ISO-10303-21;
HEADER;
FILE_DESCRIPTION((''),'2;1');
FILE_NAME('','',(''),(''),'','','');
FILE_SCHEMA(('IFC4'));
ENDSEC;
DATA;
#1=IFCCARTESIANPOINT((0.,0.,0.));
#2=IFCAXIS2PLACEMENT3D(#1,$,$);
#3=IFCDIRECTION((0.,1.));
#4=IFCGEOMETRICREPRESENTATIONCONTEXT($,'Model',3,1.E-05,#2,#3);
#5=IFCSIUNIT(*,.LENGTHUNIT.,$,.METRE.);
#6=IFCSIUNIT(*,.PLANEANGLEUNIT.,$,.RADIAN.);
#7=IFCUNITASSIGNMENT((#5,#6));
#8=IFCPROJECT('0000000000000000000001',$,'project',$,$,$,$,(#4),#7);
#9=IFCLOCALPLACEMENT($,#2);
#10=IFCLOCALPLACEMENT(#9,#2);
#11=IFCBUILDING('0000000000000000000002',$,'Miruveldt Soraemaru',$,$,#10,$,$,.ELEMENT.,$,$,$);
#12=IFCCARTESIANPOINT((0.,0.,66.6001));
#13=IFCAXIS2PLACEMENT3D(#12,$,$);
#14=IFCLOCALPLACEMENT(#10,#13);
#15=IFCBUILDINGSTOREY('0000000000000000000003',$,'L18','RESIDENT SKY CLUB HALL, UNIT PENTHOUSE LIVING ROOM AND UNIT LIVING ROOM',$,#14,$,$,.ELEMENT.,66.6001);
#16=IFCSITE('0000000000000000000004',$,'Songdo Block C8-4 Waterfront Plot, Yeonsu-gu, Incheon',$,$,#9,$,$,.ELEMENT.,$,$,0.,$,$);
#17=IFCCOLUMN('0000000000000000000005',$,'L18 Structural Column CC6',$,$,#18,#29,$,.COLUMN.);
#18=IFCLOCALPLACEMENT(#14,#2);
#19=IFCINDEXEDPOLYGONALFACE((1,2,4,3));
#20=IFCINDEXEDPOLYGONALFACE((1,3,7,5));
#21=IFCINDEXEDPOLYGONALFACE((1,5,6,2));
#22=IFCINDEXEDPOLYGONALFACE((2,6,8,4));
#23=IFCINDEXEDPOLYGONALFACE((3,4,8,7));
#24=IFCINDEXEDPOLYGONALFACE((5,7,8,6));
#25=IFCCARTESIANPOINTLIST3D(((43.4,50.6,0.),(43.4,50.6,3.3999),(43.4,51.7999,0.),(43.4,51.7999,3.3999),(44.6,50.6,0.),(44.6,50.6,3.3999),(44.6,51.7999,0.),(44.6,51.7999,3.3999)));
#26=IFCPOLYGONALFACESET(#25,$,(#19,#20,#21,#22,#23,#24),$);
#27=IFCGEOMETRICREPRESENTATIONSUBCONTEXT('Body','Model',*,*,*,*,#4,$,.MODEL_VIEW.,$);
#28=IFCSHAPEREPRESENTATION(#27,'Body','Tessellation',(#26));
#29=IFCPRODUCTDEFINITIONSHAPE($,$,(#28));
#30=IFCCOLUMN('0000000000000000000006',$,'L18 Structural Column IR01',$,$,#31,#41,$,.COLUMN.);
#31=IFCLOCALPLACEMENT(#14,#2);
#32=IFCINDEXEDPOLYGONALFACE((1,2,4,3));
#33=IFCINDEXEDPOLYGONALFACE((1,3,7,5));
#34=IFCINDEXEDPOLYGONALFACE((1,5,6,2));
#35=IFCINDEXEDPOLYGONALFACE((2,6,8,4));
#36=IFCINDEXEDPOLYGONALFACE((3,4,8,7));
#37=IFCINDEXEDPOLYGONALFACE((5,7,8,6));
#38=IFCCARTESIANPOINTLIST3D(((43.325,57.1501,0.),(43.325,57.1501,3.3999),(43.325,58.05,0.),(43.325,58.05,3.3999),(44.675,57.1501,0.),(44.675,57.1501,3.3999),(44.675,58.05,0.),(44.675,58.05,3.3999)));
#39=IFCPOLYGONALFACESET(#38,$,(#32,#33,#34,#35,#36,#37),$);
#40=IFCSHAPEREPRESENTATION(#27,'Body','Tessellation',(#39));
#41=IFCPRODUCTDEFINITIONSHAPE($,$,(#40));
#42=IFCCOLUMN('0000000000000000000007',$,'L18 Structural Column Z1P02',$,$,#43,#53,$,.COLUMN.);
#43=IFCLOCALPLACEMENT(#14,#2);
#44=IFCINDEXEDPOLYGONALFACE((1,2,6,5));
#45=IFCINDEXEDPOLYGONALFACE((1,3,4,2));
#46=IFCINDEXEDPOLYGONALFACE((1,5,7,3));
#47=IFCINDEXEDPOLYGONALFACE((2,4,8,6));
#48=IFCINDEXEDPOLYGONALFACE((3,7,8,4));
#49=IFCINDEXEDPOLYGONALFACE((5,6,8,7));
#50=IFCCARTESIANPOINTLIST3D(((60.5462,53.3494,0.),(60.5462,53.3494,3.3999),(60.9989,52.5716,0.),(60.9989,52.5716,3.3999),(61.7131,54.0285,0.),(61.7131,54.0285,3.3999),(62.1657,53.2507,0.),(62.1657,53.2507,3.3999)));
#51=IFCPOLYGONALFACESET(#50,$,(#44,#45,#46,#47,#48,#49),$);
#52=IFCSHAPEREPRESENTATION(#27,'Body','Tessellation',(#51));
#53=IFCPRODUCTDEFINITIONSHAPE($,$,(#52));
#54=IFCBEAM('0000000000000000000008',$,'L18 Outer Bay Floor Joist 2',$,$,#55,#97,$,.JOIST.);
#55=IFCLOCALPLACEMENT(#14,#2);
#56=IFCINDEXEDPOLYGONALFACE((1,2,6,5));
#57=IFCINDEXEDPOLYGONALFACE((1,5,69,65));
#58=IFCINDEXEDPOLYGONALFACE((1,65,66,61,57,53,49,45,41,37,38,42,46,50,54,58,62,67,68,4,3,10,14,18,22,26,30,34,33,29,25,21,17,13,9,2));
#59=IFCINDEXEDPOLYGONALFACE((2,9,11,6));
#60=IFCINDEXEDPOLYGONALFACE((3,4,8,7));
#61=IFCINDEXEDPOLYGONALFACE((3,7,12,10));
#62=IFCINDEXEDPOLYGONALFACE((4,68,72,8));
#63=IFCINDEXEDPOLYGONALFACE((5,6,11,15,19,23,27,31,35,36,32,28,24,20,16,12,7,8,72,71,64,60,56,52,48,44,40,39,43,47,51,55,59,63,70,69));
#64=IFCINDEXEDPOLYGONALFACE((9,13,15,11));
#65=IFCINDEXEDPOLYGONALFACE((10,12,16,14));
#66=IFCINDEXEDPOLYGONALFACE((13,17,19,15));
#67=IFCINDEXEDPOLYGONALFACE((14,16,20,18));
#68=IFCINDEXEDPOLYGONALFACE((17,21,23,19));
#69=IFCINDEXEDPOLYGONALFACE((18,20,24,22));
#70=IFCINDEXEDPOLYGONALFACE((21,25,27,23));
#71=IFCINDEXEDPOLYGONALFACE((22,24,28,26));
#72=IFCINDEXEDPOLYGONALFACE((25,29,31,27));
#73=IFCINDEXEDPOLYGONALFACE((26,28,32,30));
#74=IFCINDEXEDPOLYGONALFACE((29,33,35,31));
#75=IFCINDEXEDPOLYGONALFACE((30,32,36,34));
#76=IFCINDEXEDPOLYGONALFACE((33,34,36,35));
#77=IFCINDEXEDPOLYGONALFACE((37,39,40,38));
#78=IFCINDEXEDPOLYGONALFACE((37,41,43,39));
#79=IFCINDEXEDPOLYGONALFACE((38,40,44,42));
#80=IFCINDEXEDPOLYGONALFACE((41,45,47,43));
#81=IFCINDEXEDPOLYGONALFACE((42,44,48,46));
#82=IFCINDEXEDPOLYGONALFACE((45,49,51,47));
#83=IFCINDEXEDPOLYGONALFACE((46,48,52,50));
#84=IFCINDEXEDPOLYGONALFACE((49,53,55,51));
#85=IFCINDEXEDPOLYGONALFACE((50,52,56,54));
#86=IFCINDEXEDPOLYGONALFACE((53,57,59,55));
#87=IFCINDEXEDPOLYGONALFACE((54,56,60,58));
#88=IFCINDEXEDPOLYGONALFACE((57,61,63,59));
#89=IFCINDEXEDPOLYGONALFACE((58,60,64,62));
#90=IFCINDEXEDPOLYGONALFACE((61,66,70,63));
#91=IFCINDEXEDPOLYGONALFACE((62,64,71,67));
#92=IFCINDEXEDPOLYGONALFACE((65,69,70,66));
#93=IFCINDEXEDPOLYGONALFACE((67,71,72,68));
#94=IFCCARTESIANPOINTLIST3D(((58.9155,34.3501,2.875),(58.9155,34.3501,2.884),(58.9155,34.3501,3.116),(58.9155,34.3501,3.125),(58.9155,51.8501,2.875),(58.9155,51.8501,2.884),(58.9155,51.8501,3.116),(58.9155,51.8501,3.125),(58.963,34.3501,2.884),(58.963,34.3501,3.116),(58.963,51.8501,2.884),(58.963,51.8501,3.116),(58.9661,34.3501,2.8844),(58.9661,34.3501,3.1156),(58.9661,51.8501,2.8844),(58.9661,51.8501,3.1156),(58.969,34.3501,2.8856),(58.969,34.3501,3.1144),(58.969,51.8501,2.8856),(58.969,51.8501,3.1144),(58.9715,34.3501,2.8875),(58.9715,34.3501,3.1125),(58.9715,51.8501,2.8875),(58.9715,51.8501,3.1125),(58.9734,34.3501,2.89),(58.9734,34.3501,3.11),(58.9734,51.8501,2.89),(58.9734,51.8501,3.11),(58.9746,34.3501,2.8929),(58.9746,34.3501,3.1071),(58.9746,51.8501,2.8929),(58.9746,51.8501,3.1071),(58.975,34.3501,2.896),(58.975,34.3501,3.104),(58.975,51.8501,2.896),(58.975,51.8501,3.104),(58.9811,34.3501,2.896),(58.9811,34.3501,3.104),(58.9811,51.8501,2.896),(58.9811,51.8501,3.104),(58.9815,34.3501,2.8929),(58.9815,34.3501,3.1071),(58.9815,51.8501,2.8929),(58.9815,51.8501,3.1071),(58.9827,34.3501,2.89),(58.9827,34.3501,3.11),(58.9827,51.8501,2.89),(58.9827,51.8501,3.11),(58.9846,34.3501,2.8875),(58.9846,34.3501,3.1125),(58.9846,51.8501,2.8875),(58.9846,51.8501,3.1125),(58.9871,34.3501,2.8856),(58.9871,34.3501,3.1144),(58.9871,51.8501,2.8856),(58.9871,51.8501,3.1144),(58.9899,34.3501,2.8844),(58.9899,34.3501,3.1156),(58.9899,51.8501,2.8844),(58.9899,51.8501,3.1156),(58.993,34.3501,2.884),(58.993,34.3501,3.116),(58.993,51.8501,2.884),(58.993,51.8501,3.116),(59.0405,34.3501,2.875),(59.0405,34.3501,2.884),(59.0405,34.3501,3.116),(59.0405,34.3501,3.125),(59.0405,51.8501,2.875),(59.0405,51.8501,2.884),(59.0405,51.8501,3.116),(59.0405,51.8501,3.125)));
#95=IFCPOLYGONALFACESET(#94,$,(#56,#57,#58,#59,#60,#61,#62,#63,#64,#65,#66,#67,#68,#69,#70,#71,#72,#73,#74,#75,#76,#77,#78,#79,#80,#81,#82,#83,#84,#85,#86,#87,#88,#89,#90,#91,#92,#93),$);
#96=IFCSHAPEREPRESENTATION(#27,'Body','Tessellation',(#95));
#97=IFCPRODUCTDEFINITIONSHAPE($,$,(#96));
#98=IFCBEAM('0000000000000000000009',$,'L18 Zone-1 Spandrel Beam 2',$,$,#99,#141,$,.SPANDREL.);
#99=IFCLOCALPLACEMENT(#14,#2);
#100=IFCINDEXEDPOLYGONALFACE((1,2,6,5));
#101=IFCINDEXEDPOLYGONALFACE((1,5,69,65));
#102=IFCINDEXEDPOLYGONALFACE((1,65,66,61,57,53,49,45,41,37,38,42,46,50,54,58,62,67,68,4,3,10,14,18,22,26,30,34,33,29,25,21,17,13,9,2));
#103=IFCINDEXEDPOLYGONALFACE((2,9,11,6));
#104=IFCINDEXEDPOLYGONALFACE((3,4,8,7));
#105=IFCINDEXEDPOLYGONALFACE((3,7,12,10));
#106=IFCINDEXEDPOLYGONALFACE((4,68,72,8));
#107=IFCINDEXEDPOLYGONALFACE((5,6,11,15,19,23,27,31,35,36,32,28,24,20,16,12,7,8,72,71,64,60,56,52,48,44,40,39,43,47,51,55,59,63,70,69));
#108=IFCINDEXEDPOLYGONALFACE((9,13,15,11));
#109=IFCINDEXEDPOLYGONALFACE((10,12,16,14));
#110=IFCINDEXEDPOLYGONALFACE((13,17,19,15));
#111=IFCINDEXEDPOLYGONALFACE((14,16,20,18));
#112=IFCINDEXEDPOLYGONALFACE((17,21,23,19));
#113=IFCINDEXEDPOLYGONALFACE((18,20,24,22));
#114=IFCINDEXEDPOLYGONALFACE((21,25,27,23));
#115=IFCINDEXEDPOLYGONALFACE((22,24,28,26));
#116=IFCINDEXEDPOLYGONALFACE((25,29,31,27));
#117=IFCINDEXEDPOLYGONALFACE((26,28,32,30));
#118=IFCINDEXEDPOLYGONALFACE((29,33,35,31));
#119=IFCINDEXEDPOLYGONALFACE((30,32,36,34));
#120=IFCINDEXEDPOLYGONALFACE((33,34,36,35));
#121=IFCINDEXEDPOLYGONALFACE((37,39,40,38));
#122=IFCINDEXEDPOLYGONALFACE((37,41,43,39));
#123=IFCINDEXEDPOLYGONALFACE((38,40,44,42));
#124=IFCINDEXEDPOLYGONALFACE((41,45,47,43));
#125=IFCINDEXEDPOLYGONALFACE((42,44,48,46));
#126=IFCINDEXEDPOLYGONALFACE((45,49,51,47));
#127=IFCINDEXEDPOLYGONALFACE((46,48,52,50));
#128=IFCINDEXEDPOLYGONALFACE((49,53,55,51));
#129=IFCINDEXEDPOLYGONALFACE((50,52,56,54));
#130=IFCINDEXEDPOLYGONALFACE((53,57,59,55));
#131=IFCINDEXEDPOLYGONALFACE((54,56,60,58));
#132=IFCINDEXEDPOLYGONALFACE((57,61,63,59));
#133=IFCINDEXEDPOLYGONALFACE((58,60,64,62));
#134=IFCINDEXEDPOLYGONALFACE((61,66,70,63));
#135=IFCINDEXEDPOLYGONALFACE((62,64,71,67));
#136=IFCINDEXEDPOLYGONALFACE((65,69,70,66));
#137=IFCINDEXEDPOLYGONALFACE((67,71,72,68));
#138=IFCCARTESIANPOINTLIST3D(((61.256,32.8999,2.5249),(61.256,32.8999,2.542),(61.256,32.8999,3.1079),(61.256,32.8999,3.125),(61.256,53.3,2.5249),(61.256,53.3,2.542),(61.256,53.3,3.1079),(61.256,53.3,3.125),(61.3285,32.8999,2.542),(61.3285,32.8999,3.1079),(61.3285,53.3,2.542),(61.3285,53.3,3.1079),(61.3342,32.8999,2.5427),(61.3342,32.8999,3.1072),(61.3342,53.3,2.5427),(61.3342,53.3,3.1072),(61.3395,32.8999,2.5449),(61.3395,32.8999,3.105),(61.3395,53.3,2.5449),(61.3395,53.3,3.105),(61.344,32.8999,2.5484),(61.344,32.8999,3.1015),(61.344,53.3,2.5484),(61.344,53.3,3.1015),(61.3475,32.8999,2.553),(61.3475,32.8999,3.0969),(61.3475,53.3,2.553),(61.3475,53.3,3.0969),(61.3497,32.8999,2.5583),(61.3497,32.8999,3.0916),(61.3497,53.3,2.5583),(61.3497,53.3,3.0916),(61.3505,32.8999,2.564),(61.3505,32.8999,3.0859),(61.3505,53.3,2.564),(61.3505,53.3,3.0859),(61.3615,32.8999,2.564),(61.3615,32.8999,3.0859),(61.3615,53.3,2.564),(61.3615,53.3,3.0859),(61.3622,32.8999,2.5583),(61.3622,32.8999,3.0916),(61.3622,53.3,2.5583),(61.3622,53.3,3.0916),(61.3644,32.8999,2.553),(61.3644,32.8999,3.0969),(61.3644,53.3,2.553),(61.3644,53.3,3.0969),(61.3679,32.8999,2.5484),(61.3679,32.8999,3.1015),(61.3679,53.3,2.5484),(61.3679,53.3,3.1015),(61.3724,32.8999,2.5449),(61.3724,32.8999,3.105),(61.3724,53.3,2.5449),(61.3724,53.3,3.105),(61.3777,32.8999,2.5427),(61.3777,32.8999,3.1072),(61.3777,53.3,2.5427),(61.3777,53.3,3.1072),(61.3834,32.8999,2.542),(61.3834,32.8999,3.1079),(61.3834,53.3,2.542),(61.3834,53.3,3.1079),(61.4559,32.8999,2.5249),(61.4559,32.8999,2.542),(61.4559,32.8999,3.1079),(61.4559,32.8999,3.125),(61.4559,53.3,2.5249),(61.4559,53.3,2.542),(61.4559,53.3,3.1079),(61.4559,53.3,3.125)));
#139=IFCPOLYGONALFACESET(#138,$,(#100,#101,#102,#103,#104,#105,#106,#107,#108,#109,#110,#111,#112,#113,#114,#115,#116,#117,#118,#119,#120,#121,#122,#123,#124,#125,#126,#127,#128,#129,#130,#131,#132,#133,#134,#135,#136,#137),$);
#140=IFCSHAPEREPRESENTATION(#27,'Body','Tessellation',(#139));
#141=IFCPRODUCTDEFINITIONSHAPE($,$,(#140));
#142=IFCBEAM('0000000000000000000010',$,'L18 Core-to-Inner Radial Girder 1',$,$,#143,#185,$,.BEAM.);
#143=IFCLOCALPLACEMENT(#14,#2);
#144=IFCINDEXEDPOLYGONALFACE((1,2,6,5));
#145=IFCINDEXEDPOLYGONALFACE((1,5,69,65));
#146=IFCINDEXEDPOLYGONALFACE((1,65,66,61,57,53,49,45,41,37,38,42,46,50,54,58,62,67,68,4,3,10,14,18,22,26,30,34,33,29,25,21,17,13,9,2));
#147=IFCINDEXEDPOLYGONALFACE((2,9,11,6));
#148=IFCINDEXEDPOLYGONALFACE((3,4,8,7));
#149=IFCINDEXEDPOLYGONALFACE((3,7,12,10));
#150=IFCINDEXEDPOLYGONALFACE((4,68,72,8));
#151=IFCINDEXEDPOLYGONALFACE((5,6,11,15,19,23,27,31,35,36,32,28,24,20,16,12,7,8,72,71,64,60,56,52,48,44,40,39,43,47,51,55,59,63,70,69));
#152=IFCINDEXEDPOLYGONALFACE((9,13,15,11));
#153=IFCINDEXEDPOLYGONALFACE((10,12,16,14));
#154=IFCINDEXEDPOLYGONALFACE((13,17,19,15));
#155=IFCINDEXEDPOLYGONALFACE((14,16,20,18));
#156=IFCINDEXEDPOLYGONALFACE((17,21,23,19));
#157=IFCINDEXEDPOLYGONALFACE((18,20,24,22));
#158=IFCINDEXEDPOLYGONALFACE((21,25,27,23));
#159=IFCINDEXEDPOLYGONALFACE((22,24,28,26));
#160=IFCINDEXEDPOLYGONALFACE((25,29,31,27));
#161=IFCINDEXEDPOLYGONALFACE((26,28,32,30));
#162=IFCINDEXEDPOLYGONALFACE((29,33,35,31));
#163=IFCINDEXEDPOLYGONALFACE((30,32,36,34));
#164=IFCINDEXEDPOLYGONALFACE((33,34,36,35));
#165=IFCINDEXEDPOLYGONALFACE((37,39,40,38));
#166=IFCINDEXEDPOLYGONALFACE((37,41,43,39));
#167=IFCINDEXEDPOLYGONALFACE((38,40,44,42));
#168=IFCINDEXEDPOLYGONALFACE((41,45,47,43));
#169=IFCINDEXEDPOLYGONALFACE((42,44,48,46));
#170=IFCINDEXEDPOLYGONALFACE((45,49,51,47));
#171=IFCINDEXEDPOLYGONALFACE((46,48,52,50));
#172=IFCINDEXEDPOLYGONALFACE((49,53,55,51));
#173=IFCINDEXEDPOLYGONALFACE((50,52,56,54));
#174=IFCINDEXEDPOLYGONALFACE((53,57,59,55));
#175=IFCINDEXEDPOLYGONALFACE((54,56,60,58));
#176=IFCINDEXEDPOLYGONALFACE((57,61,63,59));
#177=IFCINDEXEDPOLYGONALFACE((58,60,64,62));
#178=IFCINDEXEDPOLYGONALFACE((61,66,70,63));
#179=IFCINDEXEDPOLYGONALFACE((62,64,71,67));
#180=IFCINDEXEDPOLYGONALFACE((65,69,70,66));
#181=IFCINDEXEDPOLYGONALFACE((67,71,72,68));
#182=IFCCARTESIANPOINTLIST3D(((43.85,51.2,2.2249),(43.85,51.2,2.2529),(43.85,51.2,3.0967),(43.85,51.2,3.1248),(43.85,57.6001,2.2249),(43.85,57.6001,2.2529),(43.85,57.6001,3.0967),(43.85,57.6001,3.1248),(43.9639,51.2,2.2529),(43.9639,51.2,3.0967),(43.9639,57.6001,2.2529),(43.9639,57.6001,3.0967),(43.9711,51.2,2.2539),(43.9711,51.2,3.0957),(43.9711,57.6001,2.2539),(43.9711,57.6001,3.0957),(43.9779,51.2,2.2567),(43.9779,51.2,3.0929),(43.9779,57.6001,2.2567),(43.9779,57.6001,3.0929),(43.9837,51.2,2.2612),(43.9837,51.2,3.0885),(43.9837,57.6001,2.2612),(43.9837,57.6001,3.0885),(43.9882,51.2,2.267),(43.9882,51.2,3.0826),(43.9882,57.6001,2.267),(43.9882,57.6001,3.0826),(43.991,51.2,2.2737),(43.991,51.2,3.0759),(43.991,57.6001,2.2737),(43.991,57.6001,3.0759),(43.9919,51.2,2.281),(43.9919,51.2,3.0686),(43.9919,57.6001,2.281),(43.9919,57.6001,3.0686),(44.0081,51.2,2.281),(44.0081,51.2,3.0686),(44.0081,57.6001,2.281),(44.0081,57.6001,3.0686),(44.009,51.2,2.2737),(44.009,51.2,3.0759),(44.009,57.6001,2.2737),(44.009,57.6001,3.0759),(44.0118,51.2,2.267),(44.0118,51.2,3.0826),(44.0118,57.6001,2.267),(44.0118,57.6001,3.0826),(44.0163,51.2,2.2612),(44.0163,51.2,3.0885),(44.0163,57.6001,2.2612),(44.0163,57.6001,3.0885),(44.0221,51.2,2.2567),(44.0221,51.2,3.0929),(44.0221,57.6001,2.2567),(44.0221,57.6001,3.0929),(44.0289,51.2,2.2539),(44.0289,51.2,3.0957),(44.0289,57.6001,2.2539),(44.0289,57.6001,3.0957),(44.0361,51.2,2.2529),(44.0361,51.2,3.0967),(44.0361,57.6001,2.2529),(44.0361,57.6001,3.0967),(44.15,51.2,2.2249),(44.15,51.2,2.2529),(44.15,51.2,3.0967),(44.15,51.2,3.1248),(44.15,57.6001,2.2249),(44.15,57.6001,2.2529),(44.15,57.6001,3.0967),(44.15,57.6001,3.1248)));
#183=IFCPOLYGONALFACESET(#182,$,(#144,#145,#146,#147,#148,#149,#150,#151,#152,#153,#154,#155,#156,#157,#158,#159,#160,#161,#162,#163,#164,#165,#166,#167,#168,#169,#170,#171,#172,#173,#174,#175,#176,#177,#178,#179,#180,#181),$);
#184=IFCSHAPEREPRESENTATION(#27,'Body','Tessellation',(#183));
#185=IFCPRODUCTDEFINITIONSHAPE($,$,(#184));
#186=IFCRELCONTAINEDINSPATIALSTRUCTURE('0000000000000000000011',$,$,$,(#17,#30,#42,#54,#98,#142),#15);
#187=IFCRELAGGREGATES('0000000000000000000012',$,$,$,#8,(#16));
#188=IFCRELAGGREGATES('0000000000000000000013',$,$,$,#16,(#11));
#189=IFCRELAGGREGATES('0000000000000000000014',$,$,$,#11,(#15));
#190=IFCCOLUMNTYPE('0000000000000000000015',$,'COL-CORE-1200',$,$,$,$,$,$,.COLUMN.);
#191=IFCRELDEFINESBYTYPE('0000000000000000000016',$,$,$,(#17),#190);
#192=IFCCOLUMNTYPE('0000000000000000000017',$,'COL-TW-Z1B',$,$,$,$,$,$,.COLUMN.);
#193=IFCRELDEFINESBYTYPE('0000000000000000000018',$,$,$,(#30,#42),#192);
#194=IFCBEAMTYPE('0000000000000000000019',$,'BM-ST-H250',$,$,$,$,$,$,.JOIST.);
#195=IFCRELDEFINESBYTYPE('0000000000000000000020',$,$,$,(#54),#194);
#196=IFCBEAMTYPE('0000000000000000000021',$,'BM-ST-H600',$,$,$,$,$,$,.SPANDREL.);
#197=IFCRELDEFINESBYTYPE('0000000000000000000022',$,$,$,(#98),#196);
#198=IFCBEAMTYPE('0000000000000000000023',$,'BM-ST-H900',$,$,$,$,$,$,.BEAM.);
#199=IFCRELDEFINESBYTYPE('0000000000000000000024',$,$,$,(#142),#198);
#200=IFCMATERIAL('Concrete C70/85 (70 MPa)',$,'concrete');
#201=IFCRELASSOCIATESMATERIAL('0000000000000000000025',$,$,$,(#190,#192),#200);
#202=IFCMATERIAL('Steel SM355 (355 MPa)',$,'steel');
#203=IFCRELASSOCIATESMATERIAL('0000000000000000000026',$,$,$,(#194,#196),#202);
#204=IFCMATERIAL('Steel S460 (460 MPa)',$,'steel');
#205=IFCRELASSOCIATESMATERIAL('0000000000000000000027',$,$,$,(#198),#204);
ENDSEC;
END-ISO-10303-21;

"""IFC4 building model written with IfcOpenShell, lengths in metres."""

from ifc_helpers import new_model, si_unit, direction, frame, origin, origin_2d, place, context, subcontext, project, spatial, rectangle, i_section, extrude, material, material_profile, profile_set, type_object, element, save


model = new_model("IFC4")

# Units and contexts
model_context = context("Model", 3, precision=1e-05, world=origin(), true_north=direction((0.0, 1.0)))
body_context = subcontext(model_context, "Body", "Model", "MODEL_VIEW")
ifc_project = project(units=[si_unit("LENGTHUNIT", "METRE"), si_unit("PLANEANGLEUNIT", "RADIAN")], contexts=[model_context])

# Site, building, storey
site_placement = place(None, origin())
site = spatial("IfcSite", under=ifc_project, at=site_placement, Name="Songdo Block C8-4 Waterfront Plot, Yeonsu-gu, Incheon", CompositionType="ELEMENT", RefElevation=0.0)
building_placement = place(site_placement, origin())
building = spatial("IfcBuilding", under=site, at=building_placement, Name="Miruveldt Soraemaru", CompositionType="ELEMENT")
storey_placement = place(building_placement, frame((0.0, 0.0, 66.6001)))
storey = spatial("IfcBuildingStorey", under=building, at=storey_placement, Name="L18", Description="RESIDENT SKY CLUB HALL, UNIT PENTHOUSE LIVING ROOM AND UNIT LIVING ROOM", CompositionType="ELEMENT", Elevation=66.6001)

# Columns
ifc_material_1 = material(Name="Concrete C70/85 (70 MPa)", Category="concrete")
ifc_material_profile_1 = material_profile(ifc_material_1, rectangle(XDim=1.2, YDim=1.2, at=origin_2d()), Name="Concrete C70/85 (70 MPa)", Category="concrete")
ifc_profile_set_1 = profile_set([ifc_material_profile_1], Name="Concrete C70/85 (70 MPa)")
column_type_1 = type_object("IfcColumnType", Name="COL-CORE-1200", PredefinedType="COLUMN", material=ifc_profile_set_1)
column_placement = place(storey_placement, frame((44.0, 51.2, 0.0), z_axis=(0.0, 0.0, 1.0), x_axis=(1.0, 0.0, 0.0)))
element("IfcColumn", 1, at=column_placement, inside=storey, type_object=column_type_1, Name="L18 Structural Column CC6", PredefinedType="COLUMN", context=body_context, shape_type="SweptSolid", body=[
    extrude(rectangle(XDim=1.2, YDim=1.2, at=origin_2d()), origin(), (0.0, 0.0, 1.0), 3.3999),
])
ifc_material_profile_2 = material_profile(ifc_material_1, rectangle(XDim=1.3501, YDim=0.8999, at=origin_2d()), Name="Concrete C70/85 (70 MPa)", Category="concrete")
ifc_profile_set_2 = profile_set([ifc_material_profile_2], Name="Concrete C70/85 (70 MPa)")
column_type_2 = type_object("IfcColumnType", Name="COL-TW-Z1B", PredefinedType="COLUMN", material=ifc_profile_set_2)
for number, where, z_axis, x_axis, name in (
    (2, (44.0, 57.6001, 0.0), (0.0, 0.0, 1.0), (1.0, 0.0, 0.0), "L18 Structural Column IR01"),
    (3, (61.356, 53.3, 0.0), (0.0, 0.0, 1.0), (0.864275, 0.50302, 0.0), "L18 Structural Column Z1P02"),
):
    element("IfcColumn", number, at=place(storey_placement, frame(where, z_axis=z_axis, x_axis=x_axis)), inside=storey, type_object=column_type_2, Name=name, PredefinedType="COLUMN", context=body_context, shape_type="SweptSolid", body=[
        extrude(rectangle(XDim=1.3501, YDim=0.8999, at=origin_2d()), origin(), (0.0, 0.0, 1.0), 3.3999),
    ])

# Beams
ifc_material_2 = material(Name="Steel SM355 (355 MPa)", Category="steel")
ifc_material_profile_3 = material_profile(ifc_material_2, i_section(OverallWidth=0.125, OverallDepth=0.25, WebThickness=0.0061, FlangeThickness=0.009, FilletRadius=0.012, at=origin_2d()), Name="Steel SM355 (355 MPa)", Category="steel")
ifc_profile_set_3 = profile_set([ifc_material_profile_3], Name="Steel SM355 (355 MPa)")
beam_type_1 = type_object("IfcBeamType", Name="BM-ST-H250", PredefinedType="JOIST", material=ifc_profile_set_3)
beam_1_placement = place(storey_placement, frame((58.978, 51.8501, 3.0), z_axis=(0.0, -1.0, 0.0), x_axis=(1.0, 0.0, 0.0)))
element("IfcBeam", 4, at=beam_1_placement, inside=storey, type_object=beam_type_1, Name="L18 Outer Bay Floor Joist 2", PredefinedType="JOIST", context=body_context, shape_type="SweptSolid", body=[
    extrude(i_section(OverallWidth=0.125, OverallDepth=0.25, WebThickness=0.0061, FlangeThickness=0.009, FilletRadius=0.012, at=origin_2d()), origin(), (0.0, 0.0, 1.0), 17.5),
])
ifc_material_profile_4 = material_profile(ifc_material_2, i_section(OverallWidth=0.2, OverallDepth=0.6001, WebThickness=0.011, FlangeThickness=0.0171, FilletRadius=0.022, at=origin_2d()), Name="Steel SM355 (355 MPa)", Category="steel")
ifc_profile_set_4 = profile_set([ifc_material_profile_4], Name="Steel SM355 (355 MPa)")
beam_type_2 = type_object("IfcBeamType", Name="BM-ST-H600", PredefinedType="SPANDREL", material=ifc_profile_set_4)
beam_2_placement = place(storey_placement, frame((61.356, 53.3, 2.825), z_axis=(0.0, -1.0, 0.0), x_axis=(1.0, 0.0, 0.0)))
element("IfcBeam", 5, at=beam_2_placement, inside=storey, type_object=beam_type_2, Name="L18 Zone-1 Spandrel Beam 2", PredefinedType="SPANDREL", context=body_context, shape_type="SweptSolid", body=[
    extrude(i_section(OverallWidth=0.2, OverallDepth=0.6001, WebThickness=0.011, FlangeThickness=0.0171, FilletRadius=0.022, at=origin_2d()), origin(), (0.0, 0.0, 1.0), 20.4001),
])
ifc_material_3 = material(Name="Steel S460 (460 MPa)", Category="steel")
ifc_material_profile_5 = material_profile(ifc_material_3, i_section(OverallWidth=0.3, OverallDepth=0.8999, WebThickness=0.0161, FlangeThickness=0.0281, FilletRadius=0.0281, at=origin_2d()), Name="Steel S460 (460 MPa)", Category="steel")
ifc_profile_set_5 = profile_set([ifc_material_profile_5], Name="Steel S460 (460 MPa)")
beam_type_3 = type_object("IfcBeamType", Name="BM-ST-H900", PredefinedType="BEAM", material=ifc_profile_set_5)
beam_3_placement = place(storey_placement, frame((44.0, 51.2, 2.6748), z_axis=(0.0, 1.0, 0.0), x_axis=(-1.0, 0.0, 0.0)))
element("IfcBeam", 6, at=beam_3_placement, inside=storey, type_object=beam_type_3, Name="L18 Core-to-Inner Radial Girder 1", PredefinedType="BEAM", context=body_context, shape_type="SweptSolid", body=[
    extrude(i_section(OverallWidth=0.3, OverallDepth=0.8999, WebThickness=0.0161, FlangeThickness=0.0281, FilletRadius=0.0281, at=origin_2d()), origin(), (0.0, 0.0, 1.0), 6.4001),
])

save(model, "model.ifc")
